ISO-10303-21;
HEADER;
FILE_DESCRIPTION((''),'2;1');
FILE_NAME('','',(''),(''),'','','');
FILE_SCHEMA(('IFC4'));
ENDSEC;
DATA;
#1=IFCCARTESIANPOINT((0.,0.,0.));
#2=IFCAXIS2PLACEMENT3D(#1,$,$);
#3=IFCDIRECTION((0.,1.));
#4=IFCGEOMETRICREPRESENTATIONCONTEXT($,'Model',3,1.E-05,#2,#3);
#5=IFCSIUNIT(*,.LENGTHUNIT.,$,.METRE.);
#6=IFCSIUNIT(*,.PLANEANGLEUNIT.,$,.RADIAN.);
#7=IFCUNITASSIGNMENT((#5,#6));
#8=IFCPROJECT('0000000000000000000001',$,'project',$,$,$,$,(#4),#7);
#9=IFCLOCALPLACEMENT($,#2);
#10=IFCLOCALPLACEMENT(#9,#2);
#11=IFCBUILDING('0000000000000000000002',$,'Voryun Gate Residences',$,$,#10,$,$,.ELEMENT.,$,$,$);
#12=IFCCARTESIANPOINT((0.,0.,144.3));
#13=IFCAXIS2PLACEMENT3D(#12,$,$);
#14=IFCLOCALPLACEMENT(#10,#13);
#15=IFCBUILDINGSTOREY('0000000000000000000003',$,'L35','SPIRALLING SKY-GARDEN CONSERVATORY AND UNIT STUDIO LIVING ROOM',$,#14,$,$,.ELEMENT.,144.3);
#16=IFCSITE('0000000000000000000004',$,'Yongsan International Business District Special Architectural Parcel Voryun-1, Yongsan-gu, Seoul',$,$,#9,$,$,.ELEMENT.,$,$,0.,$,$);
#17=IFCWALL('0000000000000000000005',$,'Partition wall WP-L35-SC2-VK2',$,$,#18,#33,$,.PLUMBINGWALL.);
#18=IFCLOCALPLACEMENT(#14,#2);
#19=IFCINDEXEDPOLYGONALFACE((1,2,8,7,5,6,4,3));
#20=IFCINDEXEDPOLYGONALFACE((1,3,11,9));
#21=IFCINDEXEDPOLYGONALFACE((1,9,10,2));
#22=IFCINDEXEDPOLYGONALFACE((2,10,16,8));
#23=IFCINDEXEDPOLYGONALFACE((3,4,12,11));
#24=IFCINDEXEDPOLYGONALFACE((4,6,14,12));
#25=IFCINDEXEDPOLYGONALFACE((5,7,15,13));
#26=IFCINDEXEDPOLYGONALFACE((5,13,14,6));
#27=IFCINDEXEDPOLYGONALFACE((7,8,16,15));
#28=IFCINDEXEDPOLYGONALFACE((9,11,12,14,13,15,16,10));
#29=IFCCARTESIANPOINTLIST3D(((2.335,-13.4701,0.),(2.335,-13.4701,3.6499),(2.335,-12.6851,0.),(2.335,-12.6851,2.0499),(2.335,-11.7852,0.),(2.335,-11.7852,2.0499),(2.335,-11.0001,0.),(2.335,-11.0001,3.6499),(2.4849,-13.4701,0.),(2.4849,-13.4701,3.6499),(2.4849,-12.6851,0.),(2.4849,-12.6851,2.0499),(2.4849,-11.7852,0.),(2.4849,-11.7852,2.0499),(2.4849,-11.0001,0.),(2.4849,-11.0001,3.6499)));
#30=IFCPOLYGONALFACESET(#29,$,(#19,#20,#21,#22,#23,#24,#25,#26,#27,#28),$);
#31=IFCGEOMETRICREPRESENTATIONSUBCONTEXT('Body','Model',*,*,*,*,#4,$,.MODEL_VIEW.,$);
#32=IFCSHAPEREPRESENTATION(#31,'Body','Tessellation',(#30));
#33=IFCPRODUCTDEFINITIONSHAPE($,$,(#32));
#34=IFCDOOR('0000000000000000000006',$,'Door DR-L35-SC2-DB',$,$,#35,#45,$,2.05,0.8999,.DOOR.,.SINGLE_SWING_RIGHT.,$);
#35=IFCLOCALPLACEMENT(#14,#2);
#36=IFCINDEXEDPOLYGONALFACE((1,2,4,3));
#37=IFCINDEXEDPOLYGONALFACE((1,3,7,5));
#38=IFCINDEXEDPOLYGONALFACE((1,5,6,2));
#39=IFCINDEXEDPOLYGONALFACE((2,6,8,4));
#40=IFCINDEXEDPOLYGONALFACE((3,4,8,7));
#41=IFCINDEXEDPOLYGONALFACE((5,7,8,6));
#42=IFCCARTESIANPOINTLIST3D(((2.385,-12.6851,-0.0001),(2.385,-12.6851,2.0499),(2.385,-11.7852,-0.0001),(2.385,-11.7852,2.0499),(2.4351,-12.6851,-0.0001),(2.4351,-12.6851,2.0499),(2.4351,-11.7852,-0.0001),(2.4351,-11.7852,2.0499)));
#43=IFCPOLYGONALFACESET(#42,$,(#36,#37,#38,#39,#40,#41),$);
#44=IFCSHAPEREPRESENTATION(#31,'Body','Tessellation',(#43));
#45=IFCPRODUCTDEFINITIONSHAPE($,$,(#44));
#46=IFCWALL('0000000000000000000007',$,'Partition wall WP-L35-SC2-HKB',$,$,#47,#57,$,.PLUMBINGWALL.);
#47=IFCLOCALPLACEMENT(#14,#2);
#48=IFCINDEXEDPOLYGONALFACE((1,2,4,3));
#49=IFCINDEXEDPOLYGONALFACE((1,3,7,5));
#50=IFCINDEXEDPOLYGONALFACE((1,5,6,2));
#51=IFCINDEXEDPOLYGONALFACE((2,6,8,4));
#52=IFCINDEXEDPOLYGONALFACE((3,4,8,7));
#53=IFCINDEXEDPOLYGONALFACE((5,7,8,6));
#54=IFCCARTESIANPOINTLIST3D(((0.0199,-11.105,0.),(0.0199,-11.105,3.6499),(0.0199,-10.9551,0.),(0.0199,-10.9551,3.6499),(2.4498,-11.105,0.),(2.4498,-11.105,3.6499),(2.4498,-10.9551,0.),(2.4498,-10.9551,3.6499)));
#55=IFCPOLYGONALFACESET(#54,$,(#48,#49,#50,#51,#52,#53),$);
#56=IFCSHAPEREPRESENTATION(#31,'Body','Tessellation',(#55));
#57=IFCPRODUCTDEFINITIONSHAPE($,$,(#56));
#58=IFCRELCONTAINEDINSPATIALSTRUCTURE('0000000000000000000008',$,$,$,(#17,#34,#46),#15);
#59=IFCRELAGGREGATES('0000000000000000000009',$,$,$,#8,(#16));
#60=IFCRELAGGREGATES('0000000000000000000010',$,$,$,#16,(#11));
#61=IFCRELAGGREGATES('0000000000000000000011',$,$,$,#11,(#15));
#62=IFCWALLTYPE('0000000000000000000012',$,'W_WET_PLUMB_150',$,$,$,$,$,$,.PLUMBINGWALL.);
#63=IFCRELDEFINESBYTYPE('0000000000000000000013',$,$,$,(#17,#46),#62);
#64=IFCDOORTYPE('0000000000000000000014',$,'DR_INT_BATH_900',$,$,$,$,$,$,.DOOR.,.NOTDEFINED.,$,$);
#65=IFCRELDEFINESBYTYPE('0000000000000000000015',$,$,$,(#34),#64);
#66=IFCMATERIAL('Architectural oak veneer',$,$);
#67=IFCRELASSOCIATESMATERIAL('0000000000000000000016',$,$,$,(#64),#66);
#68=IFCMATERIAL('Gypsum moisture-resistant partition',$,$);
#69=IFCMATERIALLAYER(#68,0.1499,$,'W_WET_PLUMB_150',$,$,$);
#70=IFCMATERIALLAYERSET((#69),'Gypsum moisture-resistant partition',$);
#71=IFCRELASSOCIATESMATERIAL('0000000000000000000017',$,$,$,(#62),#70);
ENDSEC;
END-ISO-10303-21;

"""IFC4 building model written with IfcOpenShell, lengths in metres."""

from ifc_helpers import new_model, si_unit, direction, frame, frame_2d, origin, place, context, subcontext, project, spatial, rectangle, extrude, material, layer, layer_set, type_object, element, fill, save


model = new_model("IFC4")

# Units and contexts
model_context = context("Model", 3, precision=1e-05, world=origin(), true_north=direction((0.0, 1.0)))
body_context = subcontext(model_context, "Body", "Model", "MODEL_VIEW")
ifc_project = project(units=[si_unit("LENGTHUNIT", "METRE"), si_unit("PLANEANGLEUNIT", "RADIAN")], contexts=[model_context])

# Site, building, storey
site_placement = place(None, origin())
site = spatial("IfcSite", under=ifc_project, at=site_placement, Name="Yongsan International Business District Special Architectural Parcel Voryun-1, Yongsan-gu, Seoul", CompositionType="ELEMENT", RefElevation=0.0)
building_placement = place(site_placement, origin())
building = spatial("IfcBuilding", under=site, at=building_placement, Name="Voryun Gate Residences", CompositionType="ELEMENT")
storey_placement = place(building_placement, frame((0.0, 0.0, 144.3)))
storey = spatial("IfcBuildingStorey", under=building, at=storey_placement, Name="L35", Description="SPIRALLING SKY-GARDEN CONSERVATORY AND UNIT STUDIO LIVING ROOM", CompositionType="ELEMENT", Elevation=144.3)

# Shared definitions
ifc_material_1 = material(Name="Architectural oak veneer")
door_type_1 = type_object("IfcDoorType", Name="DR_INT_BATH_900", OperationType="NOTDEFINED", PredefinedType="DOOR", material=ifc_material_1)

# Shared definitions
ifc_material_2 = material(Name="Gypsum moisture-resistant partition")
ifc_layer_1 = layer(ifc_material_2, 0.1499, Name="W_WET_PLUMB_150")
ifc_layer_set_1 = layer_set([ifc_layer_1], Name="Gypsum moisture-resistant partition")
wall_type_1 = type_object("IfcWallType", Name="W_WET_PLUMB_150", PredefinedType="PLUMBINGWALL", material=ifc_layer_set_1)

# Wall, opening, door
wall_1_placement = place(storey_placement, frame((2.4099, -13.47, 0.0), z_axis=(0.0, 0.0, 1.0), x_axis=(0.0, 1.0, 0.0)))
wall_1 = element("IfcWall", 1, at=wall_1_placement, inside=storey, type_object=wall_type_1, Name="Partition wall WP-L35-SC2-VK2", PredefinedType="PLUMBINGWALL", context=body_context, shape_type="SweptSolid", body=[
    extrude(rectangle(XDim=2.47, YDim=0.1499, at=frame_2d((1.2349, 0.0))), origin(), (0.0, 0.0, 1.0), 3.6499),
])
opening_1_placement = place(wall_1_placement, frame((0.7849, 0.0, 0.0)))
opening_1 = element("IfcOpeningElement", 2, at=opening_1_placement, cuts=wall_1, PredefinedType="OPENING", context=body_context, shape_type="SweptSolid", body=[
    extrude(rectangle(XDim=0.8999, YDim=2.05, at=frame_2d((0.45, 1.0249))), frame((0.0, 0.085, 0.0), z_axis=(0.0, -1.0, 0.0), x_axis=(1.0, 0.0, 0.0)), (0.0, 0.0, 1.0), 0.1699),
])
door_1_placement = place(opening_1_placement, origin())
door_1 = element("IfcDoor", 3, at=door_1_placement, inside=storey, type_object=door_type_1, Name="Door DR-L35-SC2-DB", OperationType="SINGLE_SWING_RIGHT", OverallHeight=2.05, OverallWidth=0.8999, PredefinedType="DOOR", context=body_context, shape_type="SweptSolid", body=[
    extrude(rectangle(XDim=0.8999, YDim=2.05, at=frame_2d((0.45, 1.0249))), frame((0.0, 0.0249, 0.0), z_axis=(0.0, -1.0, 0.0), x_axis=(1.0, 0.0, 0.0)), (0.0, 0.0, 1.0), 0.05),
])
fill(opening_1, door_1)

# Wall
wall_2_placement = place(storey_placement, frame((0.02, -11.03, 0.0), z_axis=(0.0, 0.0, 1.0), x_axis=(1.0, 0.0, 0.0)))
element("IfcWall", 4, at=wall_2_placement, inside=storey, type_object=wall_type_1, Name="Partition wall WP-L35-SC2-HKB", PredefinedType="PLUMBINGWALL", context=body_context, shape_type="SweptSolid", body=[
    extrude(rectangle(XDim=2.4299, YDim=0.1499, at=frame_2d((1.2148, 0.0))), origin(), (0.0, 0.0, 1.0), 3.6499),
])

save(model, "model.ifc")
